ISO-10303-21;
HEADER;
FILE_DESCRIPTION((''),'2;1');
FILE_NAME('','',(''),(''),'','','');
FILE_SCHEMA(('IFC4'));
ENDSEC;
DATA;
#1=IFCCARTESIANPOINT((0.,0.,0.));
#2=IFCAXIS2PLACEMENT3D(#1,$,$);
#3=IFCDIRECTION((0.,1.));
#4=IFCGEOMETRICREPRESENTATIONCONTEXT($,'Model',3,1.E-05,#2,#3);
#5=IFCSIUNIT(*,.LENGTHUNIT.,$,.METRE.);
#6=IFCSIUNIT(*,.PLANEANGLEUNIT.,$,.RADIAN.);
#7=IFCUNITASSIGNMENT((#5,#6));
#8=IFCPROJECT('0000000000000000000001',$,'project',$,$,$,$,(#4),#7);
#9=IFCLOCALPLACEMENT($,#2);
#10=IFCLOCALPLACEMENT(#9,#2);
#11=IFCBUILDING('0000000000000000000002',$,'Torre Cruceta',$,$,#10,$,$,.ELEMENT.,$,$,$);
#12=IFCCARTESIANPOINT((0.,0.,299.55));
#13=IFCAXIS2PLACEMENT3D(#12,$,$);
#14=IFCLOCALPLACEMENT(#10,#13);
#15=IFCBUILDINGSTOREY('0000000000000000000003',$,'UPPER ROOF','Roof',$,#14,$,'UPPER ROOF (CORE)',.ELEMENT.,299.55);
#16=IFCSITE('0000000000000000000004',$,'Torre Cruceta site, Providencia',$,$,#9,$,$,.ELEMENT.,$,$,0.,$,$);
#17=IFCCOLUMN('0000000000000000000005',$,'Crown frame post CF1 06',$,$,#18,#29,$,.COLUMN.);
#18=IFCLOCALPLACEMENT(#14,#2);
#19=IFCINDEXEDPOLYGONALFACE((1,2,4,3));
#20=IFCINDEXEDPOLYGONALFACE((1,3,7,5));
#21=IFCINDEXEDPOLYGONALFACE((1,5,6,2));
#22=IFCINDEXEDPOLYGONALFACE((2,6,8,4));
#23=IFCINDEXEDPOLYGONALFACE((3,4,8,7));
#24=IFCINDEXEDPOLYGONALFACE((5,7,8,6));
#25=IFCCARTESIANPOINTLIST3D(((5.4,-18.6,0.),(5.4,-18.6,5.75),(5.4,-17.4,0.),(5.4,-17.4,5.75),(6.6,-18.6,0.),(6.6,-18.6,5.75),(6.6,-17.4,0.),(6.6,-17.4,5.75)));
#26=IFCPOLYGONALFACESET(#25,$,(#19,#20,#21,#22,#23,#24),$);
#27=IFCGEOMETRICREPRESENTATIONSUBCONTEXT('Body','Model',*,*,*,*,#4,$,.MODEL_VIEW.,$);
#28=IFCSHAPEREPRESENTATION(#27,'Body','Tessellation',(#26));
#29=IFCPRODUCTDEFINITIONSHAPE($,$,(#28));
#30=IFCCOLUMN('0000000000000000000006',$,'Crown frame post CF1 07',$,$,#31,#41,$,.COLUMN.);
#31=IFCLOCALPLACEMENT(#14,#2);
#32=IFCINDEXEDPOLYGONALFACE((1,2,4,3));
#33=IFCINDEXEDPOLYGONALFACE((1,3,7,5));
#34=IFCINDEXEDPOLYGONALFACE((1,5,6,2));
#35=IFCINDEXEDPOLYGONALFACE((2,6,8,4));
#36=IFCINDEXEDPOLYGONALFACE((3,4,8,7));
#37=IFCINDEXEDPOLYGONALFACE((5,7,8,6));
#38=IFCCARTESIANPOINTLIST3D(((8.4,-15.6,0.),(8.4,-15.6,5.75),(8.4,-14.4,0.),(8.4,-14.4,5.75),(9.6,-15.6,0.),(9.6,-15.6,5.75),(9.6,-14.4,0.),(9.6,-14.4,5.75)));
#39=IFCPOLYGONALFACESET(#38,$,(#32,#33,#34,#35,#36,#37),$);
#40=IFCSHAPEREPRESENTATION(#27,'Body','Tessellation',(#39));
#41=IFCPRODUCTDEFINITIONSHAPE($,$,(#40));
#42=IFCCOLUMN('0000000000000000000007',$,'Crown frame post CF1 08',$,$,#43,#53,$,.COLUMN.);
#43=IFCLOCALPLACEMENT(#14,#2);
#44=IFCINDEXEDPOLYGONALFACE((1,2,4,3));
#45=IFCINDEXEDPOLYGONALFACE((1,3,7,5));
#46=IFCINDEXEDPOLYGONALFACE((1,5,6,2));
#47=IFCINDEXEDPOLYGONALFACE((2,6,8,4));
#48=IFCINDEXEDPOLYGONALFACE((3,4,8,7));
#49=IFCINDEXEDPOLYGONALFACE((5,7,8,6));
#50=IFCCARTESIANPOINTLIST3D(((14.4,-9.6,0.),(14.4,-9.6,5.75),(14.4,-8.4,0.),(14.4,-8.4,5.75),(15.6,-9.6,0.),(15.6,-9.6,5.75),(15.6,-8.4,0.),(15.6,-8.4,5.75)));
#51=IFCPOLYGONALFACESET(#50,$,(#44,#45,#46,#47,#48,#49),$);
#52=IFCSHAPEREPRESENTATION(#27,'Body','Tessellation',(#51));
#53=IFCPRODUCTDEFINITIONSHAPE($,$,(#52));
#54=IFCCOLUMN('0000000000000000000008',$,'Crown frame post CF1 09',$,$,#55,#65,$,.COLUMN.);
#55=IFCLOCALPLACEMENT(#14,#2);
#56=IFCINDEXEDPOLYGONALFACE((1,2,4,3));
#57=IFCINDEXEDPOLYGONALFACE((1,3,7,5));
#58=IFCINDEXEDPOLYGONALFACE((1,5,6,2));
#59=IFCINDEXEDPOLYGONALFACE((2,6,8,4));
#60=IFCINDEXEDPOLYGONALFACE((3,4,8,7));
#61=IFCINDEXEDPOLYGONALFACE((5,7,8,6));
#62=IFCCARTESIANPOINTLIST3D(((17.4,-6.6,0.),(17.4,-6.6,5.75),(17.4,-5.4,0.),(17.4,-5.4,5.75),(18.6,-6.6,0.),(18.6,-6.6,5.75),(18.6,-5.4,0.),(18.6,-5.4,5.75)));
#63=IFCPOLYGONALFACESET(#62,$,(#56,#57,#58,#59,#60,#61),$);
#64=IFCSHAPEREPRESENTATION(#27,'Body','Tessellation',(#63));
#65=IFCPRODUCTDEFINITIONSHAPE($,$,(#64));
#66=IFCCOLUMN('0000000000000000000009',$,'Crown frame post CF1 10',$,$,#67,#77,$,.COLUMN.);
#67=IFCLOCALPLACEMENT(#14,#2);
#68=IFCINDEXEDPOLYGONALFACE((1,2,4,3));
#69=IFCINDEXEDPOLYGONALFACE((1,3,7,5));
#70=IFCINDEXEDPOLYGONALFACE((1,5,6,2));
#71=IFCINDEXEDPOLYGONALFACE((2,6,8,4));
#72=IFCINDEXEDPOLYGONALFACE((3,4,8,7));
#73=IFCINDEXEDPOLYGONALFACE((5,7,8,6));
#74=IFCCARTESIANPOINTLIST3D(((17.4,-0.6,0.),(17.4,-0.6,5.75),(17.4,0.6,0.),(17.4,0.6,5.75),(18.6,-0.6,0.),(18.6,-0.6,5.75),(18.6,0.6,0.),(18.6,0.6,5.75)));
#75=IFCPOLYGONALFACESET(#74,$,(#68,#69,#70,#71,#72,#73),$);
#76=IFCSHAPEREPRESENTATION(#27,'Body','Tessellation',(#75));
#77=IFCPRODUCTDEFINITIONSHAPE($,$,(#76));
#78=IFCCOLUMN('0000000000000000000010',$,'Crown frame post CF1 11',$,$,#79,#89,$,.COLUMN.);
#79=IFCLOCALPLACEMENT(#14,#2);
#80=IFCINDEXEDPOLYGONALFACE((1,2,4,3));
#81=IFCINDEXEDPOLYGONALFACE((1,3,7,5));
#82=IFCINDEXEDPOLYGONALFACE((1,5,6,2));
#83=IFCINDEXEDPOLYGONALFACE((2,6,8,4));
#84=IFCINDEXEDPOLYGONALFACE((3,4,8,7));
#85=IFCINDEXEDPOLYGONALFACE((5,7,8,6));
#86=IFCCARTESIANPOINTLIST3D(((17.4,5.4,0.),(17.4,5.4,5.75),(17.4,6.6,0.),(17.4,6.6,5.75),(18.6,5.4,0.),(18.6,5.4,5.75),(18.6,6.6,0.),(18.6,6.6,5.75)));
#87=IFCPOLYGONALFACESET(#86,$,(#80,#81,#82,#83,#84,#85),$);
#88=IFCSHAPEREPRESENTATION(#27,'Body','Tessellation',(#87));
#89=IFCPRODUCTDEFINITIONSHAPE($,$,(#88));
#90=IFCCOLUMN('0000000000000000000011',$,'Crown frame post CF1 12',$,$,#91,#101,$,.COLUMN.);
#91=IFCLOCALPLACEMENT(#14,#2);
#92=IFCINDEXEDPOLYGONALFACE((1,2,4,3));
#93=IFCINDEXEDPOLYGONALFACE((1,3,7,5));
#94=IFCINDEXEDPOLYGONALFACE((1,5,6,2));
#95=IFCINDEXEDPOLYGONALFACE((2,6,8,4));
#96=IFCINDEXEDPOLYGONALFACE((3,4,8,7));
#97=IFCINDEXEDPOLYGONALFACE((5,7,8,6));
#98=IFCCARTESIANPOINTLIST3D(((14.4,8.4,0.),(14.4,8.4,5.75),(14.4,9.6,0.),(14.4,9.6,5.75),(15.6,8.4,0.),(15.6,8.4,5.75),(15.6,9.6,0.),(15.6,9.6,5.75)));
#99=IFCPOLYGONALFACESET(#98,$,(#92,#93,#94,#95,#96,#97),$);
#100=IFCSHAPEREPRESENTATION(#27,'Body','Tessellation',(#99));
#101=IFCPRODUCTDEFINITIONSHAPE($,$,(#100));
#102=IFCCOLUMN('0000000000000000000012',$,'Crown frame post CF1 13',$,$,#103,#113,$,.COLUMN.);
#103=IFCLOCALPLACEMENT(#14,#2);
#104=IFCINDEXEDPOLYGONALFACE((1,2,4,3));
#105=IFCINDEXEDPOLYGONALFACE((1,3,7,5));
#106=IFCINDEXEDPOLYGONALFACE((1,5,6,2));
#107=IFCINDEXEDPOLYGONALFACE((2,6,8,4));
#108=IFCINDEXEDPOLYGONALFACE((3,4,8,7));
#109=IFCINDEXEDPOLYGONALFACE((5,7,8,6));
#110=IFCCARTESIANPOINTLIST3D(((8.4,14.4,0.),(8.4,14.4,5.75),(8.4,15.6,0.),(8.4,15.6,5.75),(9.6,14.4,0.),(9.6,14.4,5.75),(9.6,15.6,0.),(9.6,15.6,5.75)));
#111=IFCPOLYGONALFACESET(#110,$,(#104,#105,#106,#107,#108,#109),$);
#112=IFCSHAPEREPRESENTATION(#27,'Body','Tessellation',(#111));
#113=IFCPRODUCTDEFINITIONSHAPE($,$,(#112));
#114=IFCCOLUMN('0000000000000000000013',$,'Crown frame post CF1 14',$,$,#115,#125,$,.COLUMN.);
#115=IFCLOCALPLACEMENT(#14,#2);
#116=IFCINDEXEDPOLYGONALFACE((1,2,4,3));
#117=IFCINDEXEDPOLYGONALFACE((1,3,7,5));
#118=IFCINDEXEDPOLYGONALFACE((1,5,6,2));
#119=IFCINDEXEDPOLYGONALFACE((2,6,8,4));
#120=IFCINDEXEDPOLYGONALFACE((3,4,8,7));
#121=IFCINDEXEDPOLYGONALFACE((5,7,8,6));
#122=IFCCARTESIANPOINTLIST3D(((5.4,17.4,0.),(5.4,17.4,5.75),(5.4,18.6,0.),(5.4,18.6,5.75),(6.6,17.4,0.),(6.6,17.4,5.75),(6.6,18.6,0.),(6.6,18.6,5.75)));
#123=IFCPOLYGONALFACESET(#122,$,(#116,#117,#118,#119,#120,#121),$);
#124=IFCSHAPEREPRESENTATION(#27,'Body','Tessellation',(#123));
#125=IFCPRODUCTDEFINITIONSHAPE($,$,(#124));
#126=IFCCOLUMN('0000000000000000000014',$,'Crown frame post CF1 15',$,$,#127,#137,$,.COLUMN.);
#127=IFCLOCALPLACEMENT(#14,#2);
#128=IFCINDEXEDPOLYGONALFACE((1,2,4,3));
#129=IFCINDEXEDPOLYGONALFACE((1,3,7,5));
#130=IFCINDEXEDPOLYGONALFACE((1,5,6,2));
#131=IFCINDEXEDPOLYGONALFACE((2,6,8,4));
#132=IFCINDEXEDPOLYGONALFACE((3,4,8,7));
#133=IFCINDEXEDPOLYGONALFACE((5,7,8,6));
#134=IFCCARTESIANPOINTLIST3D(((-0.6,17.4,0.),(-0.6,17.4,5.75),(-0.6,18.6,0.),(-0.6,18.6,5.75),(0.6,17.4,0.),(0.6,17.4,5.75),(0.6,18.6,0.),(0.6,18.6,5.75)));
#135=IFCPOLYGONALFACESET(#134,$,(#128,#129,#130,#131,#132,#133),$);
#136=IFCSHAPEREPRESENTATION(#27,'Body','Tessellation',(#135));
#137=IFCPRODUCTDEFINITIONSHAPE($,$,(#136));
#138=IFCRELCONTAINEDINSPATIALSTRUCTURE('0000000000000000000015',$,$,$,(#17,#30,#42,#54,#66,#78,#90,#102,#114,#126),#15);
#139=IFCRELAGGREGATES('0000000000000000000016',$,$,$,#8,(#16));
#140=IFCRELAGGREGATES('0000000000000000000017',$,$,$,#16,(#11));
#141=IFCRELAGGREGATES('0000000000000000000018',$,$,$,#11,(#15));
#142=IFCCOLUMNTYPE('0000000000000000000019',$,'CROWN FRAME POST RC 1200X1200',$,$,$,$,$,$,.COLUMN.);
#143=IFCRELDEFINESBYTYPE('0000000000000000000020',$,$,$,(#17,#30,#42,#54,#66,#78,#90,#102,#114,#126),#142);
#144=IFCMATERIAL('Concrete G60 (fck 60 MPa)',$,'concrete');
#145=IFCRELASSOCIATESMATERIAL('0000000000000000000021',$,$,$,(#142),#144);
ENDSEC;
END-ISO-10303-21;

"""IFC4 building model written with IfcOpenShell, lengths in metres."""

from ifc_helpers import new_model, si_unit, direction, frame, origin, origin_2d, place, context, subcontext, project, spatial, rectangle, extrude, material, material_profile, profile_set, type_object, element, save


model = new_model("IFC4")

# Units and contexts
model_context = context("Model", 3, precision=1e-05, world=origin(), true_north=direction((0.0, 1.0)))
body_context = subcontext(model_context, "Body", "Model", "MODEL_VIEW")
ifc_project = project(units=[si_unit("LENGTHUNIT", "METRE"), si_unit("PLANEANGLEUNIT", "RADIAN")], contexts=[model_context])

# Site, building, storey
site_placement = place(None, origin())
site = spatial("IfcSite", under=ifc_project, at=site_placement, Name="Torre Cruceta site, Providencia", CompositionType="ELEMENT", RefElevation=0.0)
building_placement = place(site_placement, origin())
building = spatial("IfcBuilding", under=site, at=building_placement, Name="Torre Cruceta", CompositionType="ELEMENT")
storey_placement = place(building_placement, frame((0.0, 0.0, 299.55)))
storey = spatial("IfcBuildingStorey", under=building, at=storey_placement, Name="UPPER ROOF", Description="Roof", LongName="UPPER ROOF (CORE)", CompositionType="ELEMENT", Elevation=299.55)

# Columns
ifc_material_1 = material(Name="Concrete G60 (fck 60 MPa)", Category="concrete")
ifc_material_profile_1 = material_profile(ifc_material_1, rectangle(XDim=1.2, YDim=1.2, at=origin_2d()), Name="RC 1200X1200")
ifc_profile_set_1 = profile_set([ifc_material_profile_1], Name="Concrete G60 (fck 60 MPa)")
column_type_1 = type_object("IfcColumnType", Name="CROWN FRAME POST RC 1200X1200", PredefinedType="COLUMN", material=ifc_profile_set_1)
for number, where, z_axis, x_axis, name in (
    (1, (6.0, -18.0, 0.0), (0.0, 0.0, 1.0), (1.0, 0.0, 0.0), "Crown frame post CF1 06"),
    (2, (9.0, -15.0, 0.0), (0.0, 0.0, 1.0), (1.0, 0.0, 0.0), "Crown frame post CF1 07"),
    (3, (15.0, -9.0, 0.0), (0.0, 0.0, 1.0), (1.0, 0.0, 0.0), "Crown frame post CF1 08"),
    (4, (18.0, -6.0, 0.0), (0.0, 0.0, 1.0), (1.0, 0.0, 0.0), "Crown frame post CF1 09"),
    (5, (18.0, 0.0, 0.0), (0.0, 0.0, 1.0), (1.0, 0.0, 0.0), "Crown frame post CF1 10"),
    (6, (18.0, 6.0, 0.0), (0.0, 0.0, 1.0), (1.0, 0.0, 0.0), "Crown frame post CF1 11"),
    (7, (15.0, 9.0, 0.0), (0.0, 0.0, 1.0), (1.0, 0.0, 0.0), "Crown frame post CF1 12"),
    (8, (9.0, 15.0, 0.0), (0.0, 0.0, 1.0), (1.0, 0.0, 0.0), "Crown frame post CF1 13"),
    (9, (6.0, 18.0, 0.0), (0.0, 0.0, 1.0), (1.0, 0.0, 0.0), "Crown frame post CF1 14"),
    (10, (0.0, 18.0, 0.0), (0.0, 0.0, 1.0), (1.0, 0.0, 0.0), "Crown frame post CF1 15"),
):
    element("IfcColumn", number, at=place(storey_placement, frame(where, z_axis=z_axis, x_axis=x_axis)), inside=storey, type_object=column_type_1, Name=name, PredefinedType="COLUMN", context=body_context, shape_type="SweptSolid", body=[
        extrude(rectangle(XDim=1.2, YDim=1.2, at=origin_2d()), origin(), (0.0, 0.0, 1.0), 5.75),
    ])

save(model, "model.ifc")
